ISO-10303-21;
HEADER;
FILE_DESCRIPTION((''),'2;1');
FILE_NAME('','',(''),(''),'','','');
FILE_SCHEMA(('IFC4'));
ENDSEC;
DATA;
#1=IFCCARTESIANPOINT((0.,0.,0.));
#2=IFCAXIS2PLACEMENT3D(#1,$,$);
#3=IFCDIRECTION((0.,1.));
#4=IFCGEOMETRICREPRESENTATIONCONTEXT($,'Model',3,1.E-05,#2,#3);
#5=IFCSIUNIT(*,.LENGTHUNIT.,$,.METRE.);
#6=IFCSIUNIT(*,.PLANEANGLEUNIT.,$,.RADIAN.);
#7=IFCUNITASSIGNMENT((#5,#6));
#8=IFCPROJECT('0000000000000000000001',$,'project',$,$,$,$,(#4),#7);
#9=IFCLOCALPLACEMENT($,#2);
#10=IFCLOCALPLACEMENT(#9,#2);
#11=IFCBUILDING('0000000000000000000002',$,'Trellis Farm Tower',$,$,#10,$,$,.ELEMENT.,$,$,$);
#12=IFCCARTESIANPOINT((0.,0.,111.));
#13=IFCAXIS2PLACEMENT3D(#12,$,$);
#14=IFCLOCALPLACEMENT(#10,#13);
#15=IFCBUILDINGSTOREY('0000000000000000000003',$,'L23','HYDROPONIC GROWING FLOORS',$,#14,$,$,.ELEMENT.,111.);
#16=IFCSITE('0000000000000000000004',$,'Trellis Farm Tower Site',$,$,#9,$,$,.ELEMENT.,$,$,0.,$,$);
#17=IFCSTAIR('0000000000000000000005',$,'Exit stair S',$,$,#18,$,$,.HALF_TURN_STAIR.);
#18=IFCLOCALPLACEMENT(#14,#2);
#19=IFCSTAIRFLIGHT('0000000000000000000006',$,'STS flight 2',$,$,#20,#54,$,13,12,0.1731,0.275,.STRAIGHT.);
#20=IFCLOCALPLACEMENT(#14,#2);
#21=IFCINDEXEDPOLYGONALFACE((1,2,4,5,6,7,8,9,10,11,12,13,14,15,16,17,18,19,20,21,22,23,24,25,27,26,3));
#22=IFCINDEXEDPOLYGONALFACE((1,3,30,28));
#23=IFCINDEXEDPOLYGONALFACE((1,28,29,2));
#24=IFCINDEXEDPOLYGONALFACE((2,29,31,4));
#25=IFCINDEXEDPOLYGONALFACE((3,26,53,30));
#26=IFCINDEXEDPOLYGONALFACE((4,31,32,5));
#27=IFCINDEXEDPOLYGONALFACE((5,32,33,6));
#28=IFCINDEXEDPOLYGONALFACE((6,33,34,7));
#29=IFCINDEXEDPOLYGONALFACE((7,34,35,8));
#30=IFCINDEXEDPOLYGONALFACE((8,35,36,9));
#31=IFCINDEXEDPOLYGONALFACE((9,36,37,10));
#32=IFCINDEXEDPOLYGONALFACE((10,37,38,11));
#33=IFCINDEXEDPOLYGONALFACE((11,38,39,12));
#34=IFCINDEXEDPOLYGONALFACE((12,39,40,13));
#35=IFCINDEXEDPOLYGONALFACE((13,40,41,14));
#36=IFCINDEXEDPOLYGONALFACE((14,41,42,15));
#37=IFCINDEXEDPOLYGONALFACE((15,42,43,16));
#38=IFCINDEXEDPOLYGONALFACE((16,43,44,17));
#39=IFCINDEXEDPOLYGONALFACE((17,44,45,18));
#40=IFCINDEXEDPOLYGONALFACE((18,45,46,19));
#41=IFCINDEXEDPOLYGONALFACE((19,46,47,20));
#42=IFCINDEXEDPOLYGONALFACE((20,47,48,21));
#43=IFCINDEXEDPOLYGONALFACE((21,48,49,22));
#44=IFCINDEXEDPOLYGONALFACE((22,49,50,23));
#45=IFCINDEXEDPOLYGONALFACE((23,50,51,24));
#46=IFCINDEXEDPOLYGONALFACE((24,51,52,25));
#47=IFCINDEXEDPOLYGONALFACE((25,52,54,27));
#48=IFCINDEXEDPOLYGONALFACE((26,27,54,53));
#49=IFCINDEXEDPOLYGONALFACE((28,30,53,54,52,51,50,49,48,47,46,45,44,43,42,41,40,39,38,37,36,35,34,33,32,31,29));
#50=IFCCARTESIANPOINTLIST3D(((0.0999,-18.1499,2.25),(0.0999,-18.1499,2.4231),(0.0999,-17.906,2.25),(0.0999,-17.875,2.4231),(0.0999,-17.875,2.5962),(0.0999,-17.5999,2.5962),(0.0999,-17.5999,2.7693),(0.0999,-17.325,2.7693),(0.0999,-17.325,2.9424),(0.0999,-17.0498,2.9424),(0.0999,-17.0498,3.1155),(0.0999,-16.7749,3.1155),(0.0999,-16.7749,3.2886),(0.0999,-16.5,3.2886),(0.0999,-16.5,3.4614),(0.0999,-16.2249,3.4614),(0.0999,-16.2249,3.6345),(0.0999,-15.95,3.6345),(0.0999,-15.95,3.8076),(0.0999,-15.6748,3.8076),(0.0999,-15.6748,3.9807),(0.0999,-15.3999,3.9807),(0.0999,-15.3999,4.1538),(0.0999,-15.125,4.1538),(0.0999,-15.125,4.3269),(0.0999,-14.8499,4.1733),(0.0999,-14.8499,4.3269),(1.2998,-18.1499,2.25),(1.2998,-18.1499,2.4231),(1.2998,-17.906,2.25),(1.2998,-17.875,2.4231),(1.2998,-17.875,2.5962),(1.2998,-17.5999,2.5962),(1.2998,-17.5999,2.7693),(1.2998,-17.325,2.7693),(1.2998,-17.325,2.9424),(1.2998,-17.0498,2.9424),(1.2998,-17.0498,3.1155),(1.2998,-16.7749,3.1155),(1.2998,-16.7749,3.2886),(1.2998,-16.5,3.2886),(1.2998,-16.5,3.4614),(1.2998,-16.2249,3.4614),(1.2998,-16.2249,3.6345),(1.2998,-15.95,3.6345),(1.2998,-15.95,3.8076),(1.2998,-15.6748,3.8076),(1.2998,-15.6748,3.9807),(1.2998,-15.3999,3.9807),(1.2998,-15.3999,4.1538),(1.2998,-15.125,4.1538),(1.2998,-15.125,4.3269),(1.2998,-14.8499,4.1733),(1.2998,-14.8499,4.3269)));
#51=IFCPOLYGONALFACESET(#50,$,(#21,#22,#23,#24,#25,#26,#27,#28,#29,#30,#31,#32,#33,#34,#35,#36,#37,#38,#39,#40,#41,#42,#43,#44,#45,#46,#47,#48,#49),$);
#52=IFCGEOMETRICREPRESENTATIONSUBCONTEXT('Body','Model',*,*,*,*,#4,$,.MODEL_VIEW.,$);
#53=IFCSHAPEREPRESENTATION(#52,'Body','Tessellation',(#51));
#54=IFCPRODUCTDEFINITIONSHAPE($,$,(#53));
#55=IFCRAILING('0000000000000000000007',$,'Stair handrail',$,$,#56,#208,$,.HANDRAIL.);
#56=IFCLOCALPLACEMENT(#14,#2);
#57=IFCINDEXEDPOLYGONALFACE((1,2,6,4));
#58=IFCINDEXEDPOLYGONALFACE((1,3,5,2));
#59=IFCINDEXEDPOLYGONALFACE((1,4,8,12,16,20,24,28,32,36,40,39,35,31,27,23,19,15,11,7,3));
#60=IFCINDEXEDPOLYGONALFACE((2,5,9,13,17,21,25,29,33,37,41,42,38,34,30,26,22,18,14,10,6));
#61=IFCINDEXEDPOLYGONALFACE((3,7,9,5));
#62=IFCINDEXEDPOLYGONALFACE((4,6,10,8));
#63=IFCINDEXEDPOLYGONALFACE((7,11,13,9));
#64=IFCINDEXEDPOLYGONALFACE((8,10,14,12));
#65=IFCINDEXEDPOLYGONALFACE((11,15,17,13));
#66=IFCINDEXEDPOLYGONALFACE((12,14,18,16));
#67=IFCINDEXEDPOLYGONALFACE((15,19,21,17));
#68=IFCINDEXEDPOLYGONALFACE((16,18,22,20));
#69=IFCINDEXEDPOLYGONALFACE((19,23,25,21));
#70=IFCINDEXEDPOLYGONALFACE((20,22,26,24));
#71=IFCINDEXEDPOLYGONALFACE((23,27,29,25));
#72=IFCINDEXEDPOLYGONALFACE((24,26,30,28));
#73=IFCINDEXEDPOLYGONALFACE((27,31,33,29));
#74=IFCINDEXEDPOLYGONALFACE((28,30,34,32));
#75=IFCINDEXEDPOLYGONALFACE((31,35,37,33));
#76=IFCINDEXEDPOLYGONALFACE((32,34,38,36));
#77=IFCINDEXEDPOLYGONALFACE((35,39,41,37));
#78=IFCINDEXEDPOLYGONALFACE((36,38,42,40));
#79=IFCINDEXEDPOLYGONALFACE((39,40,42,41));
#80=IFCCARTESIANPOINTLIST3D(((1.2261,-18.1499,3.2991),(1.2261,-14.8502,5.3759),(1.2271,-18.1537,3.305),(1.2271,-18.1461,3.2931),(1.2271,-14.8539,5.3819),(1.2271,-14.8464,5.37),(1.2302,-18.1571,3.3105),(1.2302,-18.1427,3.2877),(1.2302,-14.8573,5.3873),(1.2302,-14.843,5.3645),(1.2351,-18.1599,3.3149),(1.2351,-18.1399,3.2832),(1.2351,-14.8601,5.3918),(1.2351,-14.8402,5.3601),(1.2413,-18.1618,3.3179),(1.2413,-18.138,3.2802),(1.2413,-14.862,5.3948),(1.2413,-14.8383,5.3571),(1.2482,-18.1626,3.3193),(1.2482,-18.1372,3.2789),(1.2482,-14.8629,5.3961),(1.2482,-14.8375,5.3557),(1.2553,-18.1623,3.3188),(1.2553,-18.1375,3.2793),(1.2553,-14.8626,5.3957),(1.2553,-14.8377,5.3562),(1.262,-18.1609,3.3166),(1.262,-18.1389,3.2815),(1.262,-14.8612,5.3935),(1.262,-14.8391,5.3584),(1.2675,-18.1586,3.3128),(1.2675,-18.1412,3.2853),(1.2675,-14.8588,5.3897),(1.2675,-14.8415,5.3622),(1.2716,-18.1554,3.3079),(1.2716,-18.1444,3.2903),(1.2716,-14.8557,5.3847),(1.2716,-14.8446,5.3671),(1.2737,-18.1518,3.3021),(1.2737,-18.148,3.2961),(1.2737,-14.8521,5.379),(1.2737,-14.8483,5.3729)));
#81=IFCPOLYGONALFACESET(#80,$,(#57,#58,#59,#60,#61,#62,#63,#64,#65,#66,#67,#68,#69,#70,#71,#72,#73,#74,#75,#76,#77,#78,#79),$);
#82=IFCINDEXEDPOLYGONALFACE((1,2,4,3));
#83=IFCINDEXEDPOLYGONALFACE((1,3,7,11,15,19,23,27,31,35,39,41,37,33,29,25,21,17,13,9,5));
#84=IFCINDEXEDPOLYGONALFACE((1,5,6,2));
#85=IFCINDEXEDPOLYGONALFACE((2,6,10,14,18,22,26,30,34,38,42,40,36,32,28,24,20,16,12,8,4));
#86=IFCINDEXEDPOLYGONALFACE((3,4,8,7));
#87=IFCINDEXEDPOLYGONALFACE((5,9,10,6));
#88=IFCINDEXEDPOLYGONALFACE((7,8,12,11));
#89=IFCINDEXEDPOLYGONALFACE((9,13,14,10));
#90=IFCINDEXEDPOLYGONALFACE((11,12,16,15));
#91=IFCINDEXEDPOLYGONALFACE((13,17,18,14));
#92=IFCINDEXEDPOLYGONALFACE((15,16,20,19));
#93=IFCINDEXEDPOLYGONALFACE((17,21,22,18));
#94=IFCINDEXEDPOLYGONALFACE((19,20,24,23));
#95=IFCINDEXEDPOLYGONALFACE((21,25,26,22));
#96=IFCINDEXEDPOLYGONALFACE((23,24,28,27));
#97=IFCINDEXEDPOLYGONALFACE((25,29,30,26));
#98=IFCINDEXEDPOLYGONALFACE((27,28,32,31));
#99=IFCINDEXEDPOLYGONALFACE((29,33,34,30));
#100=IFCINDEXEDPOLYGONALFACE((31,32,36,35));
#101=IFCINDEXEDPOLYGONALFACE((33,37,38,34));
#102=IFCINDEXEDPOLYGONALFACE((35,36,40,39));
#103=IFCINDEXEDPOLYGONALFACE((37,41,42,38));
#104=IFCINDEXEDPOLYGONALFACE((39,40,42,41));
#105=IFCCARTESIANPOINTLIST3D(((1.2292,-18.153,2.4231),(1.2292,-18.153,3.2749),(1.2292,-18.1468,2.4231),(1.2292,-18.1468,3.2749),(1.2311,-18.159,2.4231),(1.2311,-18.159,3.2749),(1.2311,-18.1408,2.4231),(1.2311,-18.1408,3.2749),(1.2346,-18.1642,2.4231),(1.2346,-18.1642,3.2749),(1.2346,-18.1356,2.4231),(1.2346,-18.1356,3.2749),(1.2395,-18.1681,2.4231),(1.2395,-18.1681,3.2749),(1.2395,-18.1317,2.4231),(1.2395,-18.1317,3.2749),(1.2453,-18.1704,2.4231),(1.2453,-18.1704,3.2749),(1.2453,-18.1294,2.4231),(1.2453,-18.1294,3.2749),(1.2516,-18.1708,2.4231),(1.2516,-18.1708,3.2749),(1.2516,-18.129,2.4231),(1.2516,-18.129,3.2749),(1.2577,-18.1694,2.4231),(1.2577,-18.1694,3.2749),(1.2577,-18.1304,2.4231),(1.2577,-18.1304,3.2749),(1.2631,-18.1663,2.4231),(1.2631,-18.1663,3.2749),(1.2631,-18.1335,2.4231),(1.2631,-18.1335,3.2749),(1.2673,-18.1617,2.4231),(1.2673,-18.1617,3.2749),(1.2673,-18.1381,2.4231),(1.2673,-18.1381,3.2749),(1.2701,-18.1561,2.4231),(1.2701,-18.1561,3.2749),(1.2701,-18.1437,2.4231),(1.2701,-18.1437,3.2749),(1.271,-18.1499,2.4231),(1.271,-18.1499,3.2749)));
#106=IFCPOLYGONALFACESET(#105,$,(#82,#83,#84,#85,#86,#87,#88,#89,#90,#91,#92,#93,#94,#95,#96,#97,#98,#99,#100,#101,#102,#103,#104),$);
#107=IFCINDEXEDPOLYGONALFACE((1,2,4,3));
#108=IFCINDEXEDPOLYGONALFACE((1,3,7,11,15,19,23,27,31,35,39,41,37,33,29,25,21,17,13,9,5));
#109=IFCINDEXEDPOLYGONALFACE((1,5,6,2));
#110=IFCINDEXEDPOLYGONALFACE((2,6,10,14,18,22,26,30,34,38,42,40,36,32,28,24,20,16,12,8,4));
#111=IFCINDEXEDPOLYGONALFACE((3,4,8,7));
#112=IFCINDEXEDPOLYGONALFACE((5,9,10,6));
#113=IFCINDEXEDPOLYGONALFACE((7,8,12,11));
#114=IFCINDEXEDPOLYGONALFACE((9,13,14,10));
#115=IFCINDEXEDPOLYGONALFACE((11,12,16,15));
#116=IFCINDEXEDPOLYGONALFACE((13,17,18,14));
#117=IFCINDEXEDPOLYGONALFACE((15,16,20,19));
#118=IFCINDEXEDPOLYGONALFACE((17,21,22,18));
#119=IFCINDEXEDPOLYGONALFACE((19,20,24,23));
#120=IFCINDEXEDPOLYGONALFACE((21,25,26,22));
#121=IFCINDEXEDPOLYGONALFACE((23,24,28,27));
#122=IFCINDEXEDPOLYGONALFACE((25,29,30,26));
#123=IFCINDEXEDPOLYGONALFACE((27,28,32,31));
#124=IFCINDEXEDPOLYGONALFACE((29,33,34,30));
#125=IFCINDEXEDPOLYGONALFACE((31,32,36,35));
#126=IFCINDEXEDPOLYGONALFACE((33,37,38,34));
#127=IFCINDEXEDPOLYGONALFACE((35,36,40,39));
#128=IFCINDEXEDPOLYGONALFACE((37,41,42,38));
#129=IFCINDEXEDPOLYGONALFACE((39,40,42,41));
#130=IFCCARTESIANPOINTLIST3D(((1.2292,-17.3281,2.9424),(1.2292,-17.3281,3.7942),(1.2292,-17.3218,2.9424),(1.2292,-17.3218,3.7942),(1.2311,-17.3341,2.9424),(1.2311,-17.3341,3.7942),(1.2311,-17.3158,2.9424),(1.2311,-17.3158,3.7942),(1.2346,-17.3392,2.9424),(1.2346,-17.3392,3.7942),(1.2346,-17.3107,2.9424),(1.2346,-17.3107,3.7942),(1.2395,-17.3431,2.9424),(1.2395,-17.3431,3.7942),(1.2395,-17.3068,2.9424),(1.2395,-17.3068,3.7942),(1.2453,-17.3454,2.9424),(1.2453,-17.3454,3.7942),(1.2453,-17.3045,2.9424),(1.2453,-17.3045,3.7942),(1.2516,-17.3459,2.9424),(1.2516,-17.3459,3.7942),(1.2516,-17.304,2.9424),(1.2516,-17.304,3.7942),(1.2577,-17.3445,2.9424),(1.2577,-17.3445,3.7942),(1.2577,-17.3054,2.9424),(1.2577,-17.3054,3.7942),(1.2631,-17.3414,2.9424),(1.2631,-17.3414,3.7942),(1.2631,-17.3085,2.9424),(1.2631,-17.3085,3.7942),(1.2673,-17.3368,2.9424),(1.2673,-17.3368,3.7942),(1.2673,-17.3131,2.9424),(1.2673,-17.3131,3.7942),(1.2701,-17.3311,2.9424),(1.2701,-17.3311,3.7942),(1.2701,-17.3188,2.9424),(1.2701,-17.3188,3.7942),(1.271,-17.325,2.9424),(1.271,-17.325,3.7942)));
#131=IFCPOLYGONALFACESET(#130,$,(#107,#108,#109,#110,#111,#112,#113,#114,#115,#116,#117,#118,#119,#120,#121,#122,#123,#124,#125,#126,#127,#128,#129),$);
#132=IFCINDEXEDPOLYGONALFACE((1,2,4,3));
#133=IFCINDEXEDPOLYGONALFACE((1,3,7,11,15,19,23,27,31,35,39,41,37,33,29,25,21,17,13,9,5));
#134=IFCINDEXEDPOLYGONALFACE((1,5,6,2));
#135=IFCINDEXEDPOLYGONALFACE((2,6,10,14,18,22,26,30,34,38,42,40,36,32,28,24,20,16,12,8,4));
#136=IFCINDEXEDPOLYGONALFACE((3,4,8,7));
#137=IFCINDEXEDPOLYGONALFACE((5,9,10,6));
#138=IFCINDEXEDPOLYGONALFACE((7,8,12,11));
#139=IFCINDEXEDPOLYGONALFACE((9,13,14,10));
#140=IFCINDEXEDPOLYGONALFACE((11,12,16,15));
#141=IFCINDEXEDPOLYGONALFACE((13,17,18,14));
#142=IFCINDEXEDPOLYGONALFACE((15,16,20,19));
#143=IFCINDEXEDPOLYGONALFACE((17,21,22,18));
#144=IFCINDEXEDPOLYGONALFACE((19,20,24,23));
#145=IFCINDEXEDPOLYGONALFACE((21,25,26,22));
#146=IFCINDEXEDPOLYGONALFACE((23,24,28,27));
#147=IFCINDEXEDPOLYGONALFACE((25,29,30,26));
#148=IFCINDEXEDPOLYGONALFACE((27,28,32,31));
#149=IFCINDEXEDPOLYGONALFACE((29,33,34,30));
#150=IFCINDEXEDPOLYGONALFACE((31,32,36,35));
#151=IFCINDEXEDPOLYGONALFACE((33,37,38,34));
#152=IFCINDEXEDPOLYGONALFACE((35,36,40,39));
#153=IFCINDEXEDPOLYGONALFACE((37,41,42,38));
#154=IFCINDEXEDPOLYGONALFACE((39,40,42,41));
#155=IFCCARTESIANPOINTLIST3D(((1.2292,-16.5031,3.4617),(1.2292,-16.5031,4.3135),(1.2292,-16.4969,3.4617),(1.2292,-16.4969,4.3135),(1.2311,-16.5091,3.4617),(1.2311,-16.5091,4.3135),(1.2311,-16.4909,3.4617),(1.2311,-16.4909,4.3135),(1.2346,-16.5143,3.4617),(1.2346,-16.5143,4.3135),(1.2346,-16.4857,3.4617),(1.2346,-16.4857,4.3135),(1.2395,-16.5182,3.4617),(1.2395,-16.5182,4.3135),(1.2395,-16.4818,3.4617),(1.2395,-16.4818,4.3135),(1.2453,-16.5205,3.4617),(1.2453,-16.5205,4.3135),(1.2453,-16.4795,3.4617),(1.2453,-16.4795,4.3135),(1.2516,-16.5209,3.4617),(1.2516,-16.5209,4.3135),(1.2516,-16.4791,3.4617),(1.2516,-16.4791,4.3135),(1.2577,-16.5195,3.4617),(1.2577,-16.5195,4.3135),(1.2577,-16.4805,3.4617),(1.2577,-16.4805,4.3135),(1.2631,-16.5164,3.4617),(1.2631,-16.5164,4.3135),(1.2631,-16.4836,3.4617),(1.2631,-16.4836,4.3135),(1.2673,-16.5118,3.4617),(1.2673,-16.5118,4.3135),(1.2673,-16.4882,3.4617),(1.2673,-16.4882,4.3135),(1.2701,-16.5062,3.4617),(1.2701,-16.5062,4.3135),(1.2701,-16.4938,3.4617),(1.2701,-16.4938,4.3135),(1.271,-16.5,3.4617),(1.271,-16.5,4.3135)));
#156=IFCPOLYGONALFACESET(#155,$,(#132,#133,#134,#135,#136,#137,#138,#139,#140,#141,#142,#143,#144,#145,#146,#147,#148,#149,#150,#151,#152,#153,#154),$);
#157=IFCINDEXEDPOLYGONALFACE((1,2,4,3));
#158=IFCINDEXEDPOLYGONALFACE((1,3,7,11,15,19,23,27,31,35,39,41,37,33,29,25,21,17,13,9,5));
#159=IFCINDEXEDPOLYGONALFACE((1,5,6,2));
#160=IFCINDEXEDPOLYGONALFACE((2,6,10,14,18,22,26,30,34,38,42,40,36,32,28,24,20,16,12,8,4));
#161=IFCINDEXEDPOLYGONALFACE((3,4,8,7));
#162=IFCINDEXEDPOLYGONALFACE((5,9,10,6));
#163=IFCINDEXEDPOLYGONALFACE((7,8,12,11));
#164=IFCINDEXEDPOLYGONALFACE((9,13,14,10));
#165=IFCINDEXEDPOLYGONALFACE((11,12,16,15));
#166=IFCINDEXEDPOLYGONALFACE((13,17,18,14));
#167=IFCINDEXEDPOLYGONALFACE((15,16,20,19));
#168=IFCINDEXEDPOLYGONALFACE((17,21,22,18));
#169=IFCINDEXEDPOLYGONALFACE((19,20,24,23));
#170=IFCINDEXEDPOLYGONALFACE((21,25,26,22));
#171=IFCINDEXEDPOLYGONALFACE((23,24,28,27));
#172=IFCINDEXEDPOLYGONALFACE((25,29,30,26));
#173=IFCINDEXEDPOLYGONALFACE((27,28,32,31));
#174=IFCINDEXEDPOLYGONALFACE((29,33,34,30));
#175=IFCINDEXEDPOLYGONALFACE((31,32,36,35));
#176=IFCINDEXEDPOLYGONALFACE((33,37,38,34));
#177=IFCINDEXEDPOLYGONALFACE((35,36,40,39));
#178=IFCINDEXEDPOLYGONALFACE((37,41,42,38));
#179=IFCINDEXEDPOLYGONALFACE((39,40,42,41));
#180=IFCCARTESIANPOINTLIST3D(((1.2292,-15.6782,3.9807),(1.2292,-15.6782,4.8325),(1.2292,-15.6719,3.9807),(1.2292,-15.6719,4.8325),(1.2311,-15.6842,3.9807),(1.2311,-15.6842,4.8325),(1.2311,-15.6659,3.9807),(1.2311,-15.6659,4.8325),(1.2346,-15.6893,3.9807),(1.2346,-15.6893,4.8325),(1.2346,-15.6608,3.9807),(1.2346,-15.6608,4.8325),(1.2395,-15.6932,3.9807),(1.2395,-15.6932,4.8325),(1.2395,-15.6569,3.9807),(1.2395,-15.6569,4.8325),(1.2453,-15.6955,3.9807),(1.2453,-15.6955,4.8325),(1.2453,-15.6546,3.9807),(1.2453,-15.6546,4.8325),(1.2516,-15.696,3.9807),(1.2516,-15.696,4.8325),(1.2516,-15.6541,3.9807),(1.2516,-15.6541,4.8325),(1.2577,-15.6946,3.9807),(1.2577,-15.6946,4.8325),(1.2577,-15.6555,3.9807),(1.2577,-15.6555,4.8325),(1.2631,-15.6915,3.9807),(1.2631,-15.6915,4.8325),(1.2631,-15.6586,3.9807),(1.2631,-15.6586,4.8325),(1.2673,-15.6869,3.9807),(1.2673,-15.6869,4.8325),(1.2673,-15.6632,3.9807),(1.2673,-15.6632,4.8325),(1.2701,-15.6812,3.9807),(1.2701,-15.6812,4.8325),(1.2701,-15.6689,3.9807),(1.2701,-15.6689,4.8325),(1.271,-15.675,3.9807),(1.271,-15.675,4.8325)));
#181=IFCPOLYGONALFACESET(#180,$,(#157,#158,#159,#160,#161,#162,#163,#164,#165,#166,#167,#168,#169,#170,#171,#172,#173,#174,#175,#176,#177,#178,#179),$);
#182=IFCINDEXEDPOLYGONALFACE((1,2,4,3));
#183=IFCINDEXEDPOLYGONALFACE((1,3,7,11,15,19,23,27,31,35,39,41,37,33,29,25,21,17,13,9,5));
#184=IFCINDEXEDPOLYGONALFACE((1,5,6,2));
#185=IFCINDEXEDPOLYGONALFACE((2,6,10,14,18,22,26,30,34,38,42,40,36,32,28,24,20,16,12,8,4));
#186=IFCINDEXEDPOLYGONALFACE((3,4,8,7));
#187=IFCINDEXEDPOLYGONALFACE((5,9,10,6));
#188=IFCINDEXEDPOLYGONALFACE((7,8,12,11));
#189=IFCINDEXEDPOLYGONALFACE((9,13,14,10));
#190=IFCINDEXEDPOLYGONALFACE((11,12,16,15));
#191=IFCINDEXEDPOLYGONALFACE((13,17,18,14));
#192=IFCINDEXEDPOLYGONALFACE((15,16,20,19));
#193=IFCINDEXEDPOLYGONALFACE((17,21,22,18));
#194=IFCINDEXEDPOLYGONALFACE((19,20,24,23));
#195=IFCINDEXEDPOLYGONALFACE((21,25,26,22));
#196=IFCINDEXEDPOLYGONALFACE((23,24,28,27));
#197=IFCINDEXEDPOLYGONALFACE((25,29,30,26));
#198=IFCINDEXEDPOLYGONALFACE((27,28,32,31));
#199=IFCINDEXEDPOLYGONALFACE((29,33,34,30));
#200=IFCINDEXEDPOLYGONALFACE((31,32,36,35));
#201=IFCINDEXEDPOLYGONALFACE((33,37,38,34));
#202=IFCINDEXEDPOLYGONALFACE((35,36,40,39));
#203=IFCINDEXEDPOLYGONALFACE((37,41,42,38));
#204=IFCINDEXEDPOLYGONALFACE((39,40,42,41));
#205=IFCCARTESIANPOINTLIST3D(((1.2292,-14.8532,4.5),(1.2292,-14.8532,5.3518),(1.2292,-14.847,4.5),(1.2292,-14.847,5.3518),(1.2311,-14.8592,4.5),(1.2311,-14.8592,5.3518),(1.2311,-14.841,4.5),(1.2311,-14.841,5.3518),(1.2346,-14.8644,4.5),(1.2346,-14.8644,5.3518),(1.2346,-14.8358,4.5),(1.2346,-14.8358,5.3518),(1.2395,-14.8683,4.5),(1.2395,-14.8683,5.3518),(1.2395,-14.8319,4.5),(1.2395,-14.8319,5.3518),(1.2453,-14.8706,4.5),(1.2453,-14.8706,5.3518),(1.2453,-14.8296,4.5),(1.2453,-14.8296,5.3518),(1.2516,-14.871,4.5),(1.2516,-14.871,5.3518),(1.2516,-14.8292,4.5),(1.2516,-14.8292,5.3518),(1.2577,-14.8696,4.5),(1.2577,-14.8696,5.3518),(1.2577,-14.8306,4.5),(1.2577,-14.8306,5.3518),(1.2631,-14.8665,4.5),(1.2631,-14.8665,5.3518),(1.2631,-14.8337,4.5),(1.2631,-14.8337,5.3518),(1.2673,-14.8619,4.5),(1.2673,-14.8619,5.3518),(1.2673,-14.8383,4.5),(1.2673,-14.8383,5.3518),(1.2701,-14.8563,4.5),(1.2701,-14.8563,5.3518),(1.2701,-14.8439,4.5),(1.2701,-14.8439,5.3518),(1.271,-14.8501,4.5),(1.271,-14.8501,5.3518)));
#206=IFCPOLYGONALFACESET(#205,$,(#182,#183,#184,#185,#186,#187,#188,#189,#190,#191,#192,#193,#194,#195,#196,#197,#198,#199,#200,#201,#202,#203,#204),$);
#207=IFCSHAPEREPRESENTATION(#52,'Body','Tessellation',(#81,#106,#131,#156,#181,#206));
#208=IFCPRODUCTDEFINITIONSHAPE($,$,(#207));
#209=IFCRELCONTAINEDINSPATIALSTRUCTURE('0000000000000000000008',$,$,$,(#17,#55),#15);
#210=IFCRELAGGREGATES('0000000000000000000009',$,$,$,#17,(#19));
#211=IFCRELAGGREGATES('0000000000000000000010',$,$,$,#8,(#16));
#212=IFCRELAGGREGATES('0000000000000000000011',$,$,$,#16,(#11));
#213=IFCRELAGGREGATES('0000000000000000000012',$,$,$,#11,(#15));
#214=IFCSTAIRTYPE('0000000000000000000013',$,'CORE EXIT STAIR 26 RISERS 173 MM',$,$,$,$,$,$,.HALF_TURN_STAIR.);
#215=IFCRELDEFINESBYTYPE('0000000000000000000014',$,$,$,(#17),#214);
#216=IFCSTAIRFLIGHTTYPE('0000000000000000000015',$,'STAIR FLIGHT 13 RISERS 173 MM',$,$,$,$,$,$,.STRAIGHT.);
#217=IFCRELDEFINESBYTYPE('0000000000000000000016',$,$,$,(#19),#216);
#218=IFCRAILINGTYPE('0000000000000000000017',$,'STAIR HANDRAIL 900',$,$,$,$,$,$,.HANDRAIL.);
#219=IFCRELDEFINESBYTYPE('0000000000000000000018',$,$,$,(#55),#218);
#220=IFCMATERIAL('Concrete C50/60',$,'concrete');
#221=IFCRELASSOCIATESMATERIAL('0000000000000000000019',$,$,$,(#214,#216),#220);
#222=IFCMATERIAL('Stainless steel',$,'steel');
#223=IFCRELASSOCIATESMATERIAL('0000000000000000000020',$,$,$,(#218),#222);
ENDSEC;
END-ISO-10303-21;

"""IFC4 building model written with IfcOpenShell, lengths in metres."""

from ifc_helpers import new_model, si_unit, direction, frame, origin, origin_2d, place, context, subcontext, project, spatial, polyline, circle, outline, extrude, source, transform, mapped, material, type_object, element, aggregate, save


model = new_model("IFC4")

# Units and contexts
model_context = context("Model", 3, precision=1e-05, world=origin(), true_north=direction((0.0, 1.0)))
body_context = subcontext(model_context, "Body", "Model", "MODEL_VIEW")
ifc_project = project(units=[si_unit("LENGTHUNIT", "METRE"), si_unit("PLANEANGLEUNIT", "RADIAN")], contexts=[model_context])

# Site, building, storey
site_placement = place(None, origin())
site = spatial("IfcSite", under=ifc_project, at=site_placement, Name="Trellis Farm Tower Site", CompositionType="ELEMENT", RefElevation=0.0)
building_placement = place(site_placement, origin())
building = spatial("IfcBuilding", under=site, at=building_placement, Name="Trellis Farm Tower", CompositionType="ELEMENT")
storey_placement = place(building_placement, frame((0.0, 0.0, 111.0)))
storey = spatial("IfcBuildingStorey", under=building, at=storey_placement, Name="L23", Description="HYDROPONIC GROWING FLOORS", CompositionType="ELEMENT", Elevation=111.0)

# Shared definitions
placement = place(storey_placement, origin())

# Stair, stair flight
ifc_material_1 = material(Name="Concrete C50/60", Category="concrete")
stair_type = type_object("IfcStairType", Name="CORE EXIT STAIR 26 RISERS 173 MM", PredefinedType="HALF_TURN_STAIR", material=ifc_material_1)
stair = element("IfcStair", 1, at=placement, inside=storey, type_object=stair_type, Name="Exit stair S", PredefinedType="HALF_TURN_STAIR")
stair_flight_type = type_object("IfcStairFlightType", Name="STAIR FLIGHT 13 RISERS 173 MM", PredefinedType="STRAIGHT", material=ifc_material_1)
shared_shape_1 = source(origin(), body_context, "Body", "SweptSolid", [
    extrude(outline(polyline([(0.0, 0.0), (0.0, 0.1731), (0.2749, 0.1731), (0.2749, 0.3462), (0.55, 0.3462), (0.55, 0.5193), (0.825, 0.5193), (0.825, 0.6924), (1.1001, 0.6924), (1.1001, 0.8655), (1.375, 0.8655), (1.375, 1.0386), (1.6499, 1.0386), (1.6499, 1.2114), (1.925, 1.2114), (1.925, 1.3845), (2.2, 1.3845), (2.2, 1.5576), (2.4751, 1.5576), (2.4751, 1.7307), (2.75, 1.7307), (2.75, 1.9038), (3.0249, 1.9038), (3.0249, 2.0769), (3.3, 2.0769), (3.3, 2.25), (3.3, 1.9233), (0.2439, 0.0), (0.0, 0.0)])), frame((0.0, 0.6001, 0.0), z_axis=(0.0, -1.0, 0.0), x_axis=(1.0, 0.0, 0.0)), (0.0, 0.0, 1.0), 1.2),
])
stair_flight_placement = place(storey_placement, frame((0.7, -18.1499, 2.25), z_axis=(0.0, 0.0, 1.0), x_axis=(0.0, 1.0, 0.0)))
stair_flight = element("IfcStairFlight", 2, at=stair_flight_placement, type_object=stair_flight_type, Name="STS flight 2", NumberOfRisers=13, NumberOfTreads=12, PredefinedType="STRAIGHT", RiserHeight=0.1731, TreadLength=0.275, context=body_context, shape_type="MappedRepresentation", body=[
    mapped(shared_shape_1, transform((0.0, 0.0, 0.0))),
])
aggregate(stair, [stair_flight])

# Railing
ifc_material_2 = material(Name="Stainless steel", Category="steel")
railing_type = type_object("IfcRailingType", Name="STAIR HANDRAIL 900", PredefinedType="HANDRAIL", material=ifc_material_2)
shared_shape_2 = source(origin(), body_context, "Body", "SweptSolid", [
    extrude(circle(Radius=0.0239, at=origin_2d()), frame((0.0, 0.0, 0.876), z_axis=(0.0, 0.84632, 0.532675), x_axis=(-1.0, 0.0, 0.0)), (0.0, 0.0, 1.0), 3.8989),
    extrude(circle(Radius=0.021, at=origin_2d()), origin(), (0.0, 0.0, 1.0), 0.8518),
    extrude(circle(Radius=0.021, at=origin_2d()), frame((0.0, 0.825, 0.5193)), (0.0, 0.0, 1.0), 0.8518),
    extrude(circle(Radius=0.021, at=origin_2d()), frame((0.0, 1.6499, 1.0386)), (0.0, 0.0, 1.0), 0.8518),
    extrude(circle(Radius=0.021, at=origin_2d()), frame((0.0, 2.4749, 1.5576)), (0.0, 0.0, 1.0), 0.8518),
    extrude(circle(Radius=0.021, at=origin_2d()), frame((0.0, 3.2998, 2.0769)), (0.0, 0.0, 1.0), 0.8518),
])
railing_placement = place(storey_placement, frame((1.25, -18.1499, 2.4231)))
element("IfcRailing", 3, at=railing_placement, inside=storey, type_object=railing_type, Name="Stair handrail", PredefinedType="HANDRAIL", context=body_context, shape_type="MappedRepresentation", body=[
    mapped(shared_shape_2, transform((0.0, 0.0, 0.0))),
])

save(model, "model.ifc")
